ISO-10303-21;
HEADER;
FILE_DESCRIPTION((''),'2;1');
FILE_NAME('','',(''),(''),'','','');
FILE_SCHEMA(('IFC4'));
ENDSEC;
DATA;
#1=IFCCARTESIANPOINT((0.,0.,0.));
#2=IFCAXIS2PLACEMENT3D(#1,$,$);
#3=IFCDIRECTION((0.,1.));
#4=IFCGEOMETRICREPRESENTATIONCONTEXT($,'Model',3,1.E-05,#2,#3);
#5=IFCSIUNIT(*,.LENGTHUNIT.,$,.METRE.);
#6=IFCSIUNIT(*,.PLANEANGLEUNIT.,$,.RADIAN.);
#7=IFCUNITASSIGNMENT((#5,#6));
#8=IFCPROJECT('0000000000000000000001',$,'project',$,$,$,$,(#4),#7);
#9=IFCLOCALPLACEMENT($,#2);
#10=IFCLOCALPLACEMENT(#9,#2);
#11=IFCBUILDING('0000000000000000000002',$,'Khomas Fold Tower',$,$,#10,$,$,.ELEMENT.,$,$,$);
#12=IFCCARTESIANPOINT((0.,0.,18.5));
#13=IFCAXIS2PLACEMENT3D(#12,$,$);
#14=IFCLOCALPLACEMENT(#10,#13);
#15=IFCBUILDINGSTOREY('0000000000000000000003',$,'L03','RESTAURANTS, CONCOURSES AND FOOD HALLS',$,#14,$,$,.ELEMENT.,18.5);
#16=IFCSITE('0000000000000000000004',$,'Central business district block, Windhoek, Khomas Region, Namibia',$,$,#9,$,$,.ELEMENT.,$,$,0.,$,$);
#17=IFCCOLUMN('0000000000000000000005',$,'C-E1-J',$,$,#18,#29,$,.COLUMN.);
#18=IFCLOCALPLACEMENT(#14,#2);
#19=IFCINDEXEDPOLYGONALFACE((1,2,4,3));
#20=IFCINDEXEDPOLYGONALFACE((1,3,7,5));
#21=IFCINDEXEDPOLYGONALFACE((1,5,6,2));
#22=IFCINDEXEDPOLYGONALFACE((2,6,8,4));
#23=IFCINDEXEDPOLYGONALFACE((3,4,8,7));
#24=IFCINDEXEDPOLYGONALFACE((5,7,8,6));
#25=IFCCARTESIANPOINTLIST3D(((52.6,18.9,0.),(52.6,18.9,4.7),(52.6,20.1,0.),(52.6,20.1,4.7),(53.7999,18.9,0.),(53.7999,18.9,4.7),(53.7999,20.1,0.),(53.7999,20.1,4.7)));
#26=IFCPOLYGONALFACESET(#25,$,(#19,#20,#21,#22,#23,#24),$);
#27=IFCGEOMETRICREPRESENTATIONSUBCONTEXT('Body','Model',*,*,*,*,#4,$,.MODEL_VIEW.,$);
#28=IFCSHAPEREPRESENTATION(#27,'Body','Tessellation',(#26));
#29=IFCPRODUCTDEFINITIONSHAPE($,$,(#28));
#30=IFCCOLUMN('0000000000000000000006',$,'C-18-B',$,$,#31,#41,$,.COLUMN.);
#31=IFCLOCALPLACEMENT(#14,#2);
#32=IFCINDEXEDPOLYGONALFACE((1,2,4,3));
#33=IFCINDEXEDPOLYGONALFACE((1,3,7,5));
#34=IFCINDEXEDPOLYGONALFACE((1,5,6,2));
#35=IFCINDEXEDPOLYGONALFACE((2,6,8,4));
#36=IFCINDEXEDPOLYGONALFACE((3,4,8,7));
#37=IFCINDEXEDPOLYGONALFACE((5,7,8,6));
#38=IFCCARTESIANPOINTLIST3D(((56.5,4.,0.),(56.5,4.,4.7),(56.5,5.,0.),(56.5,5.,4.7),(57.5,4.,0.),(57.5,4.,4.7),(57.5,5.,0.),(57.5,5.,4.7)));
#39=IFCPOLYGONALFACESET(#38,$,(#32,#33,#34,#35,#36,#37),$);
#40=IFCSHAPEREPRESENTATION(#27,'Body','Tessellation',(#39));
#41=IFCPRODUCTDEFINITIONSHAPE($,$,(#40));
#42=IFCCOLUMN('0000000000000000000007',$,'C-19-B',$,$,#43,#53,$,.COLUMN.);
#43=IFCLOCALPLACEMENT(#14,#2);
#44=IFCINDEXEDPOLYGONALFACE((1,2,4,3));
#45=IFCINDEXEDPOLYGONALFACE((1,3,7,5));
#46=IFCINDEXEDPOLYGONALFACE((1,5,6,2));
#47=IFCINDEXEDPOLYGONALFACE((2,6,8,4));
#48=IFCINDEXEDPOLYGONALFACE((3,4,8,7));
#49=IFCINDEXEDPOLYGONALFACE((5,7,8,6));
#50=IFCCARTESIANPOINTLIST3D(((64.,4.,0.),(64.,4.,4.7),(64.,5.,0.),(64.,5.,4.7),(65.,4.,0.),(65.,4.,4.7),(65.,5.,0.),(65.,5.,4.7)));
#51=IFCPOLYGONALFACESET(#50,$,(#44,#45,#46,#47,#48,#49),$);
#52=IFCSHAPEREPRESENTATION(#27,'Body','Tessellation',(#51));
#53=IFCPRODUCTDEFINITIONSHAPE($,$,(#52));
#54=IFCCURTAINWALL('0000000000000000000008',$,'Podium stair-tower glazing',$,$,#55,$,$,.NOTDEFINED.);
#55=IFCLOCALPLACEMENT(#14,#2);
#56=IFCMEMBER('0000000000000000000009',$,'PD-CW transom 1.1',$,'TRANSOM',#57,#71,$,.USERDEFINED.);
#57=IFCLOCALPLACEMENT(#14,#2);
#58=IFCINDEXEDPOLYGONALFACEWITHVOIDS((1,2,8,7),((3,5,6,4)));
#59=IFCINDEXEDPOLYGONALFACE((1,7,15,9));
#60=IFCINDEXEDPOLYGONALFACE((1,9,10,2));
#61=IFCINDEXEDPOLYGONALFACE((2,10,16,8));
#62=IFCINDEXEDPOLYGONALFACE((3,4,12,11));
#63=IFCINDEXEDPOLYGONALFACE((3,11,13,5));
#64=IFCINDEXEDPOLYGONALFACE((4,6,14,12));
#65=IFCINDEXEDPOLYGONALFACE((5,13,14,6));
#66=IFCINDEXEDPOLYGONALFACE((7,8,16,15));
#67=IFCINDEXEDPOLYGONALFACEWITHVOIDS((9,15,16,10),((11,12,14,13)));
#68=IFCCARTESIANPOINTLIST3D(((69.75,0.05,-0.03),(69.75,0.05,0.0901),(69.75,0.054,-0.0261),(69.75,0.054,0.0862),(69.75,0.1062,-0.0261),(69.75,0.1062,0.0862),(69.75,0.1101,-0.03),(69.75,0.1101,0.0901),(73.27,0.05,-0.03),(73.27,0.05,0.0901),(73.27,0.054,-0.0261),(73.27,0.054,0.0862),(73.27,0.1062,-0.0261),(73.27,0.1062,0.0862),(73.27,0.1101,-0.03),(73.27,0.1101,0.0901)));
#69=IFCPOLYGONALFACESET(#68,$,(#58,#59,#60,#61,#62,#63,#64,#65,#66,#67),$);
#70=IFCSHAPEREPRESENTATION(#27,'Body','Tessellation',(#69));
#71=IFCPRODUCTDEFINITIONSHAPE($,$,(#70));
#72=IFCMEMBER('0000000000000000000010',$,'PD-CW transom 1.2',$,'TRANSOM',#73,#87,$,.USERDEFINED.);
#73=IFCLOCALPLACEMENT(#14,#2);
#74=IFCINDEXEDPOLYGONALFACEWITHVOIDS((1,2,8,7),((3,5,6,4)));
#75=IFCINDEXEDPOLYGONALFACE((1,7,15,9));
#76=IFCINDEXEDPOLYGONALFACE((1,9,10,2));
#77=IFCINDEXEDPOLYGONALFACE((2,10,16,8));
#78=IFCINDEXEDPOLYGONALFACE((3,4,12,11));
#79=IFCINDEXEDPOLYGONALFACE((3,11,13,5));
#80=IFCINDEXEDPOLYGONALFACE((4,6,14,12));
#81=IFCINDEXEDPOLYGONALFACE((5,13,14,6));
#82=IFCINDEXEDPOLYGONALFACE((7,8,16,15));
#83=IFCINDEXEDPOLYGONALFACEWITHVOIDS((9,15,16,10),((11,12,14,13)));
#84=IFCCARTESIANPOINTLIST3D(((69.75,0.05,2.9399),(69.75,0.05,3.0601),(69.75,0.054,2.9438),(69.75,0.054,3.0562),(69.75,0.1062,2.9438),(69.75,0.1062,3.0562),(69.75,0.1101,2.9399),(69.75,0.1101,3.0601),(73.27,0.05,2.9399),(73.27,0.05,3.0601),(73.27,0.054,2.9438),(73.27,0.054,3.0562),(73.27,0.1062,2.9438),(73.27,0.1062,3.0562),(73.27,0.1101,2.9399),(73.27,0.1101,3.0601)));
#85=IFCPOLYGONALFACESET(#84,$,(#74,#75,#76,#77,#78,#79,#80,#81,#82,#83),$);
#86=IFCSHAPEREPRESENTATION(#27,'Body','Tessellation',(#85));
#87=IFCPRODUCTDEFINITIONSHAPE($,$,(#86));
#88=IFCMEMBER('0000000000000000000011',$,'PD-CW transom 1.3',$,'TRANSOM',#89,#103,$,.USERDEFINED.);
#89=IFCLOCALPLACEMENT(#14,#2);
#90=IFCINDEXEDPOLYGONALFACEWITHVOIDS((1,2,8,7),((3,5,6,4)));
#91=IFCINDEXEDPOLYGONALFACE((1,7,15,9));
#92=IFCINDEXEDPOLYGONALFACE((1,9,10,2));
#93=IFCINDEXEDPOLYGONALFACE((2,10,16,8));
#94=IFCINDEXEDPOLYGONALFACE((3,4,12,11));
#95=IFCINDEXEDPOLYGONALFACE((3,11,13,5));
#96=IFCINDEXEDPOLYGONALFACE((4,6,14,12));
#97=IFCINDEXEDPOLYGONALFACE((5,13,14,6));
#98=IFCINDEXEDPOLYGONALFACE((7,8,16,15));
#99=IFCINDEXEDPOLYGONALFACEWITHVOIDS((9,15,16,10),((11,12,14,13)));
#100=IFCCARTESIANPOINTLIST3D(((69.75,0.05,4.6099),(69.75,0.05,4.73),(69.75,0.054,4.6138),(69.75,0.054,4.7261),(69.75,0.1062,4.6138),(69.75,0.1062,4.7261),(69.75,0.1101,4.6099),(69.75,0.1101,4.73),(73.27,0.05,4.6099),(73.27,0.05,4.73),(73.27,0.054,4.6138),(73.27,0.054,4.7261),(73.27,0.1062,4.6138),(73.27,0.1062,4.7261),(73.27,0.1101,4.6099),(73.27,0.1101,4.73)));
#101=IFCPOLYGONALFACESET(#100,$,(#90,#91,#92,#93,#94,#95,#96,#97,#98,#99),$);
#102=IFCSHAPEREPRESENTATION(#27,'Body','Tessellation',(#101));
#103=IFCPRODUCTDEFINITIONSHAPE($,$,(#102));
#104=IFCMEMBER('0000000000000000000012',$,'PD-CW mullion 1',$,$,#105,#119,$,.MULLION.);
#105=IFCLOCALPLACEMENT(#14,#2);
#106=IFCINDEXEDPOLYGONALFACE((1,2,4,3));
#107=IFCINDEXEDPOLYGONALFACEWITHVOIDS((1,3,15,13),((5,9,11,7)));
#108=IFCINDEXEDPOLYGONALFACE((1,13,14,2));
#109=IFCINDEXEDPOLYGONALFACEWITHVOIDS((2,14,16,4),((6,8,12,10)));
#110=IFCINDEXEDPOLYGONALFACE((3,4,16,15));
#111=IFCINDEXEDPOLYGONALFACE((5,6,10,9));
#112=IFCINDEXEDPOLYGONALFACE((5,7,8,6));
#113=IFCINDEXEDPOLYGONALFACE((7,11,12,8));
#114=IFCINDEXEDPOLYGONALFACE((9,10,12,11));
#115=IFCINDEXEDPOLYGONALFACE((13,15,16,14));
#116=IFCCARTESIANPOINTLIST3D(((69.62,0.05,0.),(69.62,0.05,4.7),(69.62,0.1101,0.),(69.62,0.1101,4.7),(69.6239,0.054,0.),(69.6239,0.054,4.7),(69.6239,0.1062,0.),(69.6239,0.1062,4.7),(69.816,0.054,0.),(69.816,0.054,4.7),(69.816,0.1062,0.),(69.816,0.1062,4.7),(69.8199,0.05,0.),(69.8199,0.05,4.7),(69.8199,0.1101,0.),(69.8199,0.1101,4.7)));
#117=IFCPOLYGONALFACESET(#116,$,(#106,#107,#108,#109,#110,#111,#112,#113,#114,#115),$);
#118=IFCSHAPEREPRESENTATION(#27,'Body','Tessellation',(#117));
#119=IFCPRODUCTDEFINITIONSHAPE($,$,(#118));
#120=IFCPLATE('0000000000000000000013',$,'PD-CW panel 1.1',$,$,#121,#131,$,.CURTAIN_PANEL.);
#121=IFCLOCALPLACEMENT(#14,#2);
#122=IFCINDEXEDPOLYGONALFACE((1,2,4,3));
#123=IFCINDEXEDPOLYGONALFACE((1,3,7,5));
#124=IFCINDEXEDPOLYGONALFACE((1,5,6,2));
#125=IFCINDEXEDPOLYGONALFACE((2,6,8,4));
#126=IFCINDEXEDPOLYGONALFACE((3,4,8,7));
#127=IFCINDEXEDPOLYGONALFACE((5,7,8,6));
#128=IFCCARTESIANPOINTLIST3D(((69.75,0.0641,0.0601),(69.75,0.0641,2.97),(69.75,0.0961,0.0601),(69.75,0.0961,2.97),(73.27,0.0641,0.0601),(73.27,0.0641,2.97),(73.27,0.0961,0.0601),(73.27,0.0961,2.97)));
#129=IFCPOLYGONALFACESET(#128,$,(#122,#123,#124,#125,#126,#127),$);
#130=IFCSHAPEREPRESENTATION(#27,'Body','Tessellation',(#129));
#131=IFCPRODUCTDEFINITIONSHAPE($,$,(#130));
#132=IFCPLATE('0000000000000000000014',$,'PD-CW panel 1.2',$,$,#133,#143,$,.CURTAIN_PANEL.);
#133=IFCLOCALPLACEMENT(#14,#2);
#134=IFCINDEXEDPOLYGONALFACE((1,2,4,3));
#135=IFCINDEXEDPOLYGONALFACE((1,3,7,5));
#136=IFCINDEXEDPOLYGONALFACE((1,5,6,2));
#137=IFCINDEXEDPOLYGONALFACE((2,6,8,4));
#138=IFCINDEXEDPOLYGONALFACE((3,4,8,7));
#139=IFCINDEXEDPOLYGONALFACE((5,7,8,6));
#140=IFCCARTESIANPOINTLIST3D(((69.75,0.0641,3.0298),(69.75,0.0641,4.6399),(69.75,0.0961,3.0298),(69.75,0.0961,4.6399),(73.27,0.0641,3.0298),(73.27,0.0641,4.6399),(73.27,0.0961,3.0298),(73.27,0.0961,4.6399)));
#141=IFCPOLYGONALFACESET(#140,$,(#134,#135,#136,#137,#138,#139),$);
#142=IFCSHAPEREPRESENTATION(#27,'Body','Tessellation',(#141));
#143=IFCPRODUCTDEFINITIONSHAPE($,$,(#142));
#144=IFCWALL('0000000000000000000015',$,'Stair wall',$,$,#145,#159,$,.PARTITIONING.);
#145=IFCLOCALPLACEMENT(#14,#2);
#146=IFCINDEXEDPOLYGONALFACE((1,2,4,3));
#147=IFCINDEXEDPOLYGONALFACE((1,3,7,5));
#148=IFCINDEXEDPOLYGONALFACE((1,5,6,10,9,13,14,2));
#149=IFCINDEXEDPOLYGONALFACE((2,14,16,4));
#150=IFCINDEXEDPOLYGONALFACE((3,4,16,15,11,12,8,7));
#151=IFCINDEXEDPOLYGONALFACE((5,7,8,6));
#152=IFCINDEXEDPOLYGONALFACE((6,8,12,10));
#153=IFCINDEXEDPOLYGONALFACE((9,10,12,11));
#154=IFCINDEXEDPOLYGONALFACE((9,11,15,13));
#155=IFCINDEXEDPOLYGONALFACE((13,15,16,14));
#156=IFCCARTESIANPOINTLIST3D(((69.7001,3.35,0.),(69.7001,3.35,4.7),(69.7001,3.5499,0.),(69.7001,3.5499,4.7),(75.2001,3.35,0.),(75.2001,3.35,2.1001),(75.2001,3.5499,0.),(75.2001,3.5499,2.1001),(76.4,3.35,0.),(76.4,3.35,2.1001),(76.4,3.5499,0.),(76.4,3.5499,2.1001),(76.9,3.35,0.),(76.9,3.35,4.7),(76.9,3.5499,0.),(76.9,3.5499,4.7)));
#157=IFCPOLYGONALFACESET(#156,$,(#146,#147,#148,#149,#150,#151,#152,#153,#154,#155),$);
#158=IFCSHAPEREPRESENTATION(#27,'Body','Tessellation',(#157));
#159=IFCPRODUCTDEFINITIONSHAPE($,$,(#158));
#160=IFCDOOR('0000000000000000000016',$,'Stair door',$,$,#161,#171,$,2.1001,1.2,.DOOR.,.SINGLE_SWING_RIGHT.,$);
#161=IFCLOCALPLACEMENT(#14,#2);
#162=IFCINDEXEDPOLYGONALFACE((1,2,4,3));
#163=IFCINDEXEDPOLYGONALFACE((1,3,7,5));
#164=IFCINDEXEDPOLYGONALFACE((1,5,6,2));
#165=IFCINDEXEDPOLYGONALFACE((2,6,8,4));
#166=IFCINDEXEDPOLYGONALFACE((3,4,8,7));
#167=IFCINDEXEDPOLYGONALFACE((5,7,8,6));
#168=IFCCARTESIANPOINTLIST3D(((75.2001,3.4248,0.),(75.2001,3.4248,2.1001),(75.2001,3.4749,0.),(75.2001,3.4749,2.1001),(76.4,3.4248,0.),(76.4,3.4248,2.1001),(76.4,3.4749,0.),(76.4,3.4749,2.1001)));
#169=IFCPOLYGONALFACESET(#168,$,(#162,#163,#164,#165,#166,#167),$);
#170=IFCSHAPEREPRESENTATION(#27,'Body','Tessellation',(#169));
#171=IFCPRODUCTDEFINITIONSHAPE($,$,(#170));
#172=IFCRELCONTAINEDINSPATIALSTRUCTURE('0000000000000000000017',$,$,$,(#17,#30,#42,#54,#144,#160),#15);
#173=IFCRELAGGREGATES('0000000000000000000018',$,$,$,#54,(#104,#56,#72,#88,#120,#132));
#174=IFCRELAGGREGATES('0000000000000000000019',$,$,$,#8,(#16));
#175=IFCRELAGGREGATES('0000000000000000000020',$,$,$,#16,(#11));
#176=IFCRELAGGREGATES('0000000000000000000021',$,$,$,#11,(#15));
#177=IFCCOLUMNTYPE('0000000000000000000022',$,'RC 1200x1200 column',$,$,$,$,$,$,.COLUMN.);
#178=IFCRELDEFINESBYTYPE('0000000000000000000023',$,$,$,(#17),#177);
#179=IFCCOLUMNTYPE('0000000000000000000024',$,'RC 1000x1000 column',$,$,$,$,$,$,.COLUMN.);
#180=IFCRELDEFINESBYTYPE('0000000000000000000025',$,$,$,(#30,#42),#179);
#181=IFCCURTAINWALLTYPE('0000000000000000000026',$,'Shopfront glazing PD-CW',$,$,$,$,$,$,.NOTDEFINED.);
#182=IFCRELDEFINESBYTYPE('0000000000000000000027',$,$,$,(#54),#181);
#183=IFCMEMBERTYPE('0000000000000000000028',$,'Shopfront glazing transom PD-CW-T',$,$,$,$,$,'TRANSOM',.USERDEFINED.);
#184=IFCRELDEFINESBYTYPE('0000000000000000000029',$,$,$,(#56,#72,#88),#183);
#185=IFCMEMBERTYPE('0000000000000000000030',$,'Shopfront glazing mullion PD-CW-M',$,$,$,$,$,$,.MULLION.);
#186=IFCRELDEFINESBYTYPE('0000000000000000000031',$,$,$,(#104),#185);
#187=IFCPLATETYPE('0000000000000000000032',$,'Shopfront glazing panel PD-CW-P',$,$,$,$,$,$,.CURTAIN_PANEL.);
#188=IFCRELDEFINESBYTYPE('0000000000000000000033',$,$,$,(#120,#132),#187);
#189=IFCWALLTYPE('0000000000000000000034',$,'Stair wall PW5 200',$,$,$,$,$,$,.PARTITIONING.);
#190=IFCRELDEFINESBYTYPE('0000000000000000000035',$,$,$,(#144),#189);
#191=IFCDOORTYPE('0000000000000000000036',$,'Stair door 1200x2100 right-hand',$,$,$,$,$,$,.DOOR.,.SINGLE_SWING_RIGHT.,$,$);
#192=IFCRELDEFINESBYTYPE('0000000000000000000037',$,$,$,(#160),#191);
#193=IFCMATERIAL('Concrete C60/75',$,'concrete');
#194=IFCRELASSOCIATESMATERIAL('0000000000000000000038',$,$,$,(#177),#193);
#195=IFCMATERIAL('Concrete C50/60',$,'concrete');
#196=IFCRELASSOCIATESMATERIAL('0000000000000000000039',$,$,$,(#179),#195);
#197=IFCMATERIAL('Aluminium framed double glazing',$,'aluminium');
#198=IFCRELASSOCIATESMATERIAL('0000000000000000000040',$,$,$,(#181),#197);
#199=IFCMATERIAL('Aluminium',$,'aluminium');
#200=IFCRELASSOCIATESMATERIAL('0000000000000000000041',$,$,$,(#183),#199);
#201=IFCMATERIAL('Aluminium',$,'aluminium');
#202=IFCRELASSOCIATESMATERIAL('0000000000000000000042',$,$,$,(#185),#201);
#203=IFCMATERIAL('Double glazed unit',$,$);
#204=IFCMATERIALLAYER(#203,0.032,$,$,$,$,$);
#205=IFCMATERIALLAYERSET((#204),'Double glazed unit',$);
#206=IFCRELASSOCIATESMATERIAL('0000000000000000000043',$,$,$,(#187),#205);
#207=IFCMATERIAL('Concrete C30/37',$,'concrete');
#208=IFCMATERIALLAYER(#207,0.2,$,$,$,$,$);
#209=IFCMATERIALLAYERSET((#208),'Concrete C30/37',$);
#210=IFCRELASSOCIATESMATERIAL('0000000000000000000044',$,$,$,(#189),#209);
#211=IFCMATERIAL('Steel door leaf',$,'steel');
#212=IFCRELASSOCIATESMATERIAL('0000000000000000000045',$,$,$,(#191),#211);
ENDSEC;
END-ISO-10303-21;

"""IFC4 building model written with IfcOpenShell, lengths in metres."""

from ifc_helpers import new_model, si_unit, direction, frame, frame_2d, origin, origin_2d, place, context, subcontext, project, spatial, rectangle, hollow_rectangle, extrude, source, transform, mapped, material, layer, layer_set, material_profile, profile_set, type_object, element, fill, aggregate, save


model = new_model("IFC4")

# Units and contexts
model_context = context("Model", 3, precision=1e-05, world=origin(), true_north=direction((0.0, 1.0)))
body_context = subcontext(model_context, "Body", "Model", "MODEL_VIEW")
ifc_project = project(units=[si_unit("LENGTHUNIT", "METRE"), si_unit("PLANEANGLEUNIT", "RADIAN")], contexts=[model_context])

# Site, building, storey
site_placement = place(None, origin())
site = spatial("IfcSite", under=ifc_project, at=site_placement, Name="Central business district block, Windhoek, Khomas Region, Namibia", CompositionType="ELEMENT", RefElevation=0.0)
building_placement = place(site_placement, origin())
building = spatial("IfcBuilding", under=site, at=building_placement, Name="Khomas Fold Tower", CompositionType="ELEMENT")
storey_placement = place(building_placement, frame((0.0, 0.0, 18.5)))
storey = spatial("IfcBuildingStorey", under=building, at=storey_placement, Name="L03", Description="RESTAURANTS, CONCOURSES AND FOOD HALLS", CompositionType="ELEMENT", Elevation=18.5)

# Columns
ifc_material_1 = material(Name="Concrete C60/75", Category="concrete")
ifc_material_profile_1 = material_profile(ifc_material_1, rectangle(XDim=1.2, YDim=1.2, at=origin_2d()), Name="RC 1200x1200")
ifc_profile_set_1 = profile_set([ifc_material_profile_1], Name="Concrete C60/75")
column_type_1 = type_object("IfcColumnType", Name="RC 1200x1200 column", PredefinedType="COLUMN", material=ifc_profile_set_1)
shared_shape_1 = source(origin(), body_context, "Body", "SweptSolid", [
    extrude(rectangle(XDim=1.2, YDim=1.2, at=origin_2d()), origin(), (0.0, 0.0, 1.0), 4.7),
])
column_placement = place(storey_placement, frame((53.2, 19.5, 0.0), z_axis=(0.0, 0.0, 1.0), x_axis=(1.0, 0.0, 0.0)))
element("IfcColumn", 1, at=column_placement, inside=storey, type_object=column_type_1, Name="C-E1-J", PredefinedType="COLUMN", context=body_context, shape_type="MappedRepresentation", body=[
    mapped(shared_shape_1, transform((0.0, 0.0, 0.0))),
])
ifc_material_2 = material(Name="Concrete C50/60", Category="concrete")
ifc_material_profile_2 = material_profile(ifc_material_2, rectangle(XDim=1.0, YDim=1.0, at=origin_2d()), Name="RC 1000x1000")
ifc_profile_set_2 = profile_set([ifc_material_profile_2], Name="Concrete C50/60")
column_type_2 = type_object("IfcColumnType", Name="RC 1000x1000 column", PredefinedType="COLUMN", material=ifc_profile_set_2)
shared_shape_2 = source(origin(), body_context, "Body", "SweptSolid", [
    extrude(rectangle(XDim=1.0, YDim=1.0, at=origin_2d()), origin(), (0.0, 0.0, 1.0), 4.7),
])
for number, where, z_axis, x_axis, name in (
    (2, (57.0, 4.5, 0.0), (0.0, 0.0, 1.0), (1.0, 0.0, 0.0), "C-18-B"),
    (3, (64.5, 4.5, 0.0), (0.0, 0.0, 1.0), (1.0, 0.0, 0.0), "C-19-B"),
):
    element("IfcColumn", number, at=place(storey_placement, frame(where, z_axis=z_axis, x_axis=x_axis)), inside=storey, type_object=column_type_2, Name=name, PredefinedType="COLUMN", context=body_context, shape_type="MappedRepresentation", body=[
        mapped(shared_shape_2, transform((0.0, 0.0, 0.0))),
    ])

# Curtain wall, members, plates
ifc_material_3 = material(Name="Aluminium framed double glazing", Category="aluminium")
curtain_wall_type = type_object("IfcCurtainWallType", Name="Shopfront glazing PD-CW", PredefinedType="NOTDEFINED", material=ifc_material_3)
curtain_wall_placement = place(storey_placement, origin())
curtain_wall = element("IfcCurtainWall", 4, at=curtain_wall_placement, inside=storey, type_object=curtain_wall_type, Name="Podium stair-tower glazing", PredefinedType="NOTDEFINED")
ifc_material_4 = material(Name="Aluminium", Category="aluminium")
ifc_material_profile_3 = material_profile(ifc_material_4, hollow_rectangle(XDim=0.0601, YDim=0.1201, WallThickness=0.0039, at=origin_2d()), Name="Shopfront glazing transom PD-CW-T")
ifc_profile_set_3 = profile_set([ifc_material_profile_3], Name="Aluminium")
member_type_1 = type_object("IfcMemberType", Name="Shopfront glazing transom PD-CW-T", ElementType="TRANSOM", PredefinedType="USERDEFINED", material=ifc_profile_set_3)
shared_shape_3 = source(origin(), body_context, "Body", "SweptSolid", [
    extrude(hollow_rectangle(XDim=0.0601, YDim=0.1201, WallThickness=0.0039, at=origin_2d()), origin(), (0.0, 0.0, 1.0), 3.52),
])
member_1_placement = place(storey_placement, frame((69.75, 0.0801, 0.03), z_axis=(1.0, 0.0, 0.0), x_axis=(0.0, 1.0, 0.0)))
member_1 = element("IfcMember", 5, at=member_1_placement, type_object=member_type_1, Name="PD-CW transom 1.1", ObjectType="TRANSOM", PredefinedType="USERDEFINED", context=body_context, shape_type="MappedRepresentation", body=[
    mapped(shared_shape_3, transform((0.0, 0.0, 0.0))),
])
member_2_placement = place(storey_placement, frame((69.75, 0.0801, 3.0), z_axis=(1.0, 0.0, 0.0), x_axis=(0.0, 1.0, 0.0)))
member_2 = element("IfcMember", 6, at=member_2_placement, type_object=member_type_1, Name="PD-CW transom 1.2", ObjectType="TRANSOM", PredefinedType="USERDEFINED", context=body_context, shape_type="MappedRepresentation", body=[
    mapped(shared_shape_3, transform((0.0, 0.0, 0.0))),
])
member_3_placement = place(storey_placement, frame((69.75, 0.0801, 4.6699), z_axis=(1.0, 0.0, 0.0), x_axis=(0.0, 1.0, 0.0)))
member_3 = element("IfcMember", 7, at=member_3_placement, type_object=member_type_1, Name="PD-CW transom 1.3", ObjectType="TRANSOM", PredefinedType="USERDEFINED", context=body_context, shape_type="MappedRepresentation", body=[
    mapped(shared_shape_3, transform((0.0, 0.0, 0.0))),
])
ifc_material_5 = material(Name="Aluminium", Category="aluminium")
ifc_material_profile_4 = material_profile(ifc_material_5, hollow_rectangle(XDim=0.0601, YDim=0.2, WallThickness=0.0039, at=origin_2d()), Name="Shopfront glazing mullion PD-CW-M")
ifc_profile_set_4 = profile_set([ifc_material_profile_4], Name="Aluminium")
member_type_2 = type_object("IfcMemberType", Name="Shopfront glazing mullion PD-CW-M", PredefinedType="MULLION", material=ifc_profile_set_4)
shared_shape_4 = source(origin(), body_context, "Body", "SweptSolid", [
    extrude(hollow_rectangle(XDim=0.0601, YDim=0.2, WallThickness=0.0039, at=origin_2d()), origin(), (0.0, 0.0, 1.0), 4.7),
])
member_4_placement = place(storey_placement, frame((69.72, 0.0801, 0.0), z_axis=(0.0, 0.0, 1.0), x_axis=(0.0, 1.0, 0.0)))
member_4 = element("IfcMember", 8, at=member_4_placement, type_object=member_type_2, Name="PD-CW mullion 1", PredefinedType="MULLION", context=body_context, shape_type="MappedRepresentation", body=[
    mapped(shared_shape_4, transform((0.0, 0.0, 0.0))),
])
ifc_material_6 = material(Name="Double glazed unit")
ifc_layer_1 = layer(ifc_material_6, 0.032)
ifc_layer_set_1 = layer_set([ifc_layer_1], Name="Double glazed unit")
plate_type = type_object("IfcPlateType", Name="Shopfront glazing panel PD-CW-P", PredefinedType="CURTAIN_PANEL", material=ifc_layer_set_1)
shared_shape_5 = source(origin(), body_context, "Body", "SweptSolid", [
    extrude(rectangle(XDim=3.52, YDim=0.032, at=origin_2d()), origin(), (0.0, 0.0, 1.0), 2.9099),
])
plate_1_placement = place(storey_placement, frame((71.51, 0.0801, 0.0601), z_axis=(0.0, 0.0, 1.0), x_axis=(1.0, 0.0, 0.0)))
plate_1 = element("IfcPlate", 9, at=plate_1_placement, type_object=plate_type, Name="PD-CW panel 1.1", PredefinedType="CURTAIN_PANEL", context=body_context, shape_type="MappedRepresentation", body=[
    mapped(shared_shape_5, transform((0.0, 0.0, 0.0))),
])
shared_shape_6 = source(origin(), body_context, "Body", "SweptSolid", [
    extrude(rectangle(XDim=3.52, YDim=0.032, at=origin_2d()), origin(), (0.0, 0.0, 1.0), 1.6101),
])
plate_2_placement = place(storey_placement, frame((71.51, 0.0801, 3.0298), z_axis=(0.0, 0.0, 1.0), x_axis=(1.0, 0.0, 0.0)))
plate_2 = element("IfcPlate", 10, at=plate_2_placement, type_object=plate_type, Name="PD-CW panel 1.2", PredefinedType="CURTAIN_PANEL", context=body_context, shape_type="MappedRepresentation", body=[
    mapped(shared_shape_6, transform((0.0, 0.0, 0.0))),
])
aggregate(curtain_wall, [member_4, member_1, member_2, member_3, plate_1, plate_2])

# Wall, opening, door
ifc_material_7 = material(Name="Concrete C30/37", Category="concrete")
ifc_layer_2 = layer(ifc_material_7, 0.2)
ifc_layer_set_2 = layer_set([ifc_layer_2], Name="Concrete C30/37")
wall_type_1 = type_object("IfcWallType", Name="Stair wall PW5 200", PredefinedType="PARTITIONING", material=ifc_layer_set_2)
shared_shape_7 = source(origin(), body_context, "Body", "SweptSolid", [
    extrude(rectangle(XDim=7.2, YDim=0.2, at=frame_2d((3.6001, 0.0))), origin(), (0.0, 0.0, 1.0), 4.7),
])
wall_1_placement = place(storey_placement, frame((69.7, 3.45, 0.0), z_axis=(0.0, 0.0, 1.0), x_axis=(1.0, 0.0, 0.0)))
wall_1 = element("IfcWall", 11, at=wall_1_placement, inside=storey, type_object=wall_type_1, Name="Stair wall", PredefinedType="PARTITIONING", context=body_context, shape_type="MappedRepresentation", body=[
    mapped(shared_shape_7, transform((0.0, 0.0, 0.0))),
])
shared_shape_8 = source(origin(), body_context, "Body", "SweptSolid", [
    extrude(rectangle(XDim=1.2, YDim=2.1001, at=frame_2d((0.6001, 1.05))), frame((0.0, 0.1099, 0.0), z_axis=(0.0, -1.0, 0.0), x_axis=(1.0, 0.0, 0.0)), (0.0, 0.0, 1.0), 0.22),
])
opening_placement = place(wall_1_placement, frame((5.5, 0.0, 0.0)))
opening = element("IfcOpeningElement", 12, at=opening_placement, cuts=wall_1, PredefinedType="OPENING", context=body_context, shape_type="MappedRepresentation", body=[
    mapped(shared_shape_8, transform((0.0, 0.0, 0.0))),
])
ifc_material_8 = material(Name="Steel door leaf", Category="steel")
door_type = type_object("IfcDoorType", Name="Stair door 1200x2100 right-hand", OperationType="SINGLE_SWING_RIGHT", PredefinedType="DOOR", material=ifc_material_8)
shared_shape_9 = source(origin(), body_context, "Body", "SweptSolid", [
    extrude(rectangle(XDim=1.2, YDim=2.1001, at=frame_2d((0.6001, 1.05))), frame((0.0, 0.0249, 0.0), z_axis=(0.0, -1.0, 0.0), x_axis=(1.0, 0.0, 0.0)), (0.0, 0.0, 1.0), 0.05),
])
door_placement = place(opening_placement, origin())
door = element("IfcDoor", 13, at=door_placement, inside=storey, type_object=door_type, Name="Stair door", OperationType="SINGLE_SWING_RIGHT", OverallHeight=2.1001, OverallWidth=1.2, PredefinedType="DOOR", context=body_context, shape_type="MappedRepresentation", body=[
    mapped(shared_shape_9, transform((0.0, 0.0, 0.0))),
])
fill(opening, door)

save(model, "model.ifc")
